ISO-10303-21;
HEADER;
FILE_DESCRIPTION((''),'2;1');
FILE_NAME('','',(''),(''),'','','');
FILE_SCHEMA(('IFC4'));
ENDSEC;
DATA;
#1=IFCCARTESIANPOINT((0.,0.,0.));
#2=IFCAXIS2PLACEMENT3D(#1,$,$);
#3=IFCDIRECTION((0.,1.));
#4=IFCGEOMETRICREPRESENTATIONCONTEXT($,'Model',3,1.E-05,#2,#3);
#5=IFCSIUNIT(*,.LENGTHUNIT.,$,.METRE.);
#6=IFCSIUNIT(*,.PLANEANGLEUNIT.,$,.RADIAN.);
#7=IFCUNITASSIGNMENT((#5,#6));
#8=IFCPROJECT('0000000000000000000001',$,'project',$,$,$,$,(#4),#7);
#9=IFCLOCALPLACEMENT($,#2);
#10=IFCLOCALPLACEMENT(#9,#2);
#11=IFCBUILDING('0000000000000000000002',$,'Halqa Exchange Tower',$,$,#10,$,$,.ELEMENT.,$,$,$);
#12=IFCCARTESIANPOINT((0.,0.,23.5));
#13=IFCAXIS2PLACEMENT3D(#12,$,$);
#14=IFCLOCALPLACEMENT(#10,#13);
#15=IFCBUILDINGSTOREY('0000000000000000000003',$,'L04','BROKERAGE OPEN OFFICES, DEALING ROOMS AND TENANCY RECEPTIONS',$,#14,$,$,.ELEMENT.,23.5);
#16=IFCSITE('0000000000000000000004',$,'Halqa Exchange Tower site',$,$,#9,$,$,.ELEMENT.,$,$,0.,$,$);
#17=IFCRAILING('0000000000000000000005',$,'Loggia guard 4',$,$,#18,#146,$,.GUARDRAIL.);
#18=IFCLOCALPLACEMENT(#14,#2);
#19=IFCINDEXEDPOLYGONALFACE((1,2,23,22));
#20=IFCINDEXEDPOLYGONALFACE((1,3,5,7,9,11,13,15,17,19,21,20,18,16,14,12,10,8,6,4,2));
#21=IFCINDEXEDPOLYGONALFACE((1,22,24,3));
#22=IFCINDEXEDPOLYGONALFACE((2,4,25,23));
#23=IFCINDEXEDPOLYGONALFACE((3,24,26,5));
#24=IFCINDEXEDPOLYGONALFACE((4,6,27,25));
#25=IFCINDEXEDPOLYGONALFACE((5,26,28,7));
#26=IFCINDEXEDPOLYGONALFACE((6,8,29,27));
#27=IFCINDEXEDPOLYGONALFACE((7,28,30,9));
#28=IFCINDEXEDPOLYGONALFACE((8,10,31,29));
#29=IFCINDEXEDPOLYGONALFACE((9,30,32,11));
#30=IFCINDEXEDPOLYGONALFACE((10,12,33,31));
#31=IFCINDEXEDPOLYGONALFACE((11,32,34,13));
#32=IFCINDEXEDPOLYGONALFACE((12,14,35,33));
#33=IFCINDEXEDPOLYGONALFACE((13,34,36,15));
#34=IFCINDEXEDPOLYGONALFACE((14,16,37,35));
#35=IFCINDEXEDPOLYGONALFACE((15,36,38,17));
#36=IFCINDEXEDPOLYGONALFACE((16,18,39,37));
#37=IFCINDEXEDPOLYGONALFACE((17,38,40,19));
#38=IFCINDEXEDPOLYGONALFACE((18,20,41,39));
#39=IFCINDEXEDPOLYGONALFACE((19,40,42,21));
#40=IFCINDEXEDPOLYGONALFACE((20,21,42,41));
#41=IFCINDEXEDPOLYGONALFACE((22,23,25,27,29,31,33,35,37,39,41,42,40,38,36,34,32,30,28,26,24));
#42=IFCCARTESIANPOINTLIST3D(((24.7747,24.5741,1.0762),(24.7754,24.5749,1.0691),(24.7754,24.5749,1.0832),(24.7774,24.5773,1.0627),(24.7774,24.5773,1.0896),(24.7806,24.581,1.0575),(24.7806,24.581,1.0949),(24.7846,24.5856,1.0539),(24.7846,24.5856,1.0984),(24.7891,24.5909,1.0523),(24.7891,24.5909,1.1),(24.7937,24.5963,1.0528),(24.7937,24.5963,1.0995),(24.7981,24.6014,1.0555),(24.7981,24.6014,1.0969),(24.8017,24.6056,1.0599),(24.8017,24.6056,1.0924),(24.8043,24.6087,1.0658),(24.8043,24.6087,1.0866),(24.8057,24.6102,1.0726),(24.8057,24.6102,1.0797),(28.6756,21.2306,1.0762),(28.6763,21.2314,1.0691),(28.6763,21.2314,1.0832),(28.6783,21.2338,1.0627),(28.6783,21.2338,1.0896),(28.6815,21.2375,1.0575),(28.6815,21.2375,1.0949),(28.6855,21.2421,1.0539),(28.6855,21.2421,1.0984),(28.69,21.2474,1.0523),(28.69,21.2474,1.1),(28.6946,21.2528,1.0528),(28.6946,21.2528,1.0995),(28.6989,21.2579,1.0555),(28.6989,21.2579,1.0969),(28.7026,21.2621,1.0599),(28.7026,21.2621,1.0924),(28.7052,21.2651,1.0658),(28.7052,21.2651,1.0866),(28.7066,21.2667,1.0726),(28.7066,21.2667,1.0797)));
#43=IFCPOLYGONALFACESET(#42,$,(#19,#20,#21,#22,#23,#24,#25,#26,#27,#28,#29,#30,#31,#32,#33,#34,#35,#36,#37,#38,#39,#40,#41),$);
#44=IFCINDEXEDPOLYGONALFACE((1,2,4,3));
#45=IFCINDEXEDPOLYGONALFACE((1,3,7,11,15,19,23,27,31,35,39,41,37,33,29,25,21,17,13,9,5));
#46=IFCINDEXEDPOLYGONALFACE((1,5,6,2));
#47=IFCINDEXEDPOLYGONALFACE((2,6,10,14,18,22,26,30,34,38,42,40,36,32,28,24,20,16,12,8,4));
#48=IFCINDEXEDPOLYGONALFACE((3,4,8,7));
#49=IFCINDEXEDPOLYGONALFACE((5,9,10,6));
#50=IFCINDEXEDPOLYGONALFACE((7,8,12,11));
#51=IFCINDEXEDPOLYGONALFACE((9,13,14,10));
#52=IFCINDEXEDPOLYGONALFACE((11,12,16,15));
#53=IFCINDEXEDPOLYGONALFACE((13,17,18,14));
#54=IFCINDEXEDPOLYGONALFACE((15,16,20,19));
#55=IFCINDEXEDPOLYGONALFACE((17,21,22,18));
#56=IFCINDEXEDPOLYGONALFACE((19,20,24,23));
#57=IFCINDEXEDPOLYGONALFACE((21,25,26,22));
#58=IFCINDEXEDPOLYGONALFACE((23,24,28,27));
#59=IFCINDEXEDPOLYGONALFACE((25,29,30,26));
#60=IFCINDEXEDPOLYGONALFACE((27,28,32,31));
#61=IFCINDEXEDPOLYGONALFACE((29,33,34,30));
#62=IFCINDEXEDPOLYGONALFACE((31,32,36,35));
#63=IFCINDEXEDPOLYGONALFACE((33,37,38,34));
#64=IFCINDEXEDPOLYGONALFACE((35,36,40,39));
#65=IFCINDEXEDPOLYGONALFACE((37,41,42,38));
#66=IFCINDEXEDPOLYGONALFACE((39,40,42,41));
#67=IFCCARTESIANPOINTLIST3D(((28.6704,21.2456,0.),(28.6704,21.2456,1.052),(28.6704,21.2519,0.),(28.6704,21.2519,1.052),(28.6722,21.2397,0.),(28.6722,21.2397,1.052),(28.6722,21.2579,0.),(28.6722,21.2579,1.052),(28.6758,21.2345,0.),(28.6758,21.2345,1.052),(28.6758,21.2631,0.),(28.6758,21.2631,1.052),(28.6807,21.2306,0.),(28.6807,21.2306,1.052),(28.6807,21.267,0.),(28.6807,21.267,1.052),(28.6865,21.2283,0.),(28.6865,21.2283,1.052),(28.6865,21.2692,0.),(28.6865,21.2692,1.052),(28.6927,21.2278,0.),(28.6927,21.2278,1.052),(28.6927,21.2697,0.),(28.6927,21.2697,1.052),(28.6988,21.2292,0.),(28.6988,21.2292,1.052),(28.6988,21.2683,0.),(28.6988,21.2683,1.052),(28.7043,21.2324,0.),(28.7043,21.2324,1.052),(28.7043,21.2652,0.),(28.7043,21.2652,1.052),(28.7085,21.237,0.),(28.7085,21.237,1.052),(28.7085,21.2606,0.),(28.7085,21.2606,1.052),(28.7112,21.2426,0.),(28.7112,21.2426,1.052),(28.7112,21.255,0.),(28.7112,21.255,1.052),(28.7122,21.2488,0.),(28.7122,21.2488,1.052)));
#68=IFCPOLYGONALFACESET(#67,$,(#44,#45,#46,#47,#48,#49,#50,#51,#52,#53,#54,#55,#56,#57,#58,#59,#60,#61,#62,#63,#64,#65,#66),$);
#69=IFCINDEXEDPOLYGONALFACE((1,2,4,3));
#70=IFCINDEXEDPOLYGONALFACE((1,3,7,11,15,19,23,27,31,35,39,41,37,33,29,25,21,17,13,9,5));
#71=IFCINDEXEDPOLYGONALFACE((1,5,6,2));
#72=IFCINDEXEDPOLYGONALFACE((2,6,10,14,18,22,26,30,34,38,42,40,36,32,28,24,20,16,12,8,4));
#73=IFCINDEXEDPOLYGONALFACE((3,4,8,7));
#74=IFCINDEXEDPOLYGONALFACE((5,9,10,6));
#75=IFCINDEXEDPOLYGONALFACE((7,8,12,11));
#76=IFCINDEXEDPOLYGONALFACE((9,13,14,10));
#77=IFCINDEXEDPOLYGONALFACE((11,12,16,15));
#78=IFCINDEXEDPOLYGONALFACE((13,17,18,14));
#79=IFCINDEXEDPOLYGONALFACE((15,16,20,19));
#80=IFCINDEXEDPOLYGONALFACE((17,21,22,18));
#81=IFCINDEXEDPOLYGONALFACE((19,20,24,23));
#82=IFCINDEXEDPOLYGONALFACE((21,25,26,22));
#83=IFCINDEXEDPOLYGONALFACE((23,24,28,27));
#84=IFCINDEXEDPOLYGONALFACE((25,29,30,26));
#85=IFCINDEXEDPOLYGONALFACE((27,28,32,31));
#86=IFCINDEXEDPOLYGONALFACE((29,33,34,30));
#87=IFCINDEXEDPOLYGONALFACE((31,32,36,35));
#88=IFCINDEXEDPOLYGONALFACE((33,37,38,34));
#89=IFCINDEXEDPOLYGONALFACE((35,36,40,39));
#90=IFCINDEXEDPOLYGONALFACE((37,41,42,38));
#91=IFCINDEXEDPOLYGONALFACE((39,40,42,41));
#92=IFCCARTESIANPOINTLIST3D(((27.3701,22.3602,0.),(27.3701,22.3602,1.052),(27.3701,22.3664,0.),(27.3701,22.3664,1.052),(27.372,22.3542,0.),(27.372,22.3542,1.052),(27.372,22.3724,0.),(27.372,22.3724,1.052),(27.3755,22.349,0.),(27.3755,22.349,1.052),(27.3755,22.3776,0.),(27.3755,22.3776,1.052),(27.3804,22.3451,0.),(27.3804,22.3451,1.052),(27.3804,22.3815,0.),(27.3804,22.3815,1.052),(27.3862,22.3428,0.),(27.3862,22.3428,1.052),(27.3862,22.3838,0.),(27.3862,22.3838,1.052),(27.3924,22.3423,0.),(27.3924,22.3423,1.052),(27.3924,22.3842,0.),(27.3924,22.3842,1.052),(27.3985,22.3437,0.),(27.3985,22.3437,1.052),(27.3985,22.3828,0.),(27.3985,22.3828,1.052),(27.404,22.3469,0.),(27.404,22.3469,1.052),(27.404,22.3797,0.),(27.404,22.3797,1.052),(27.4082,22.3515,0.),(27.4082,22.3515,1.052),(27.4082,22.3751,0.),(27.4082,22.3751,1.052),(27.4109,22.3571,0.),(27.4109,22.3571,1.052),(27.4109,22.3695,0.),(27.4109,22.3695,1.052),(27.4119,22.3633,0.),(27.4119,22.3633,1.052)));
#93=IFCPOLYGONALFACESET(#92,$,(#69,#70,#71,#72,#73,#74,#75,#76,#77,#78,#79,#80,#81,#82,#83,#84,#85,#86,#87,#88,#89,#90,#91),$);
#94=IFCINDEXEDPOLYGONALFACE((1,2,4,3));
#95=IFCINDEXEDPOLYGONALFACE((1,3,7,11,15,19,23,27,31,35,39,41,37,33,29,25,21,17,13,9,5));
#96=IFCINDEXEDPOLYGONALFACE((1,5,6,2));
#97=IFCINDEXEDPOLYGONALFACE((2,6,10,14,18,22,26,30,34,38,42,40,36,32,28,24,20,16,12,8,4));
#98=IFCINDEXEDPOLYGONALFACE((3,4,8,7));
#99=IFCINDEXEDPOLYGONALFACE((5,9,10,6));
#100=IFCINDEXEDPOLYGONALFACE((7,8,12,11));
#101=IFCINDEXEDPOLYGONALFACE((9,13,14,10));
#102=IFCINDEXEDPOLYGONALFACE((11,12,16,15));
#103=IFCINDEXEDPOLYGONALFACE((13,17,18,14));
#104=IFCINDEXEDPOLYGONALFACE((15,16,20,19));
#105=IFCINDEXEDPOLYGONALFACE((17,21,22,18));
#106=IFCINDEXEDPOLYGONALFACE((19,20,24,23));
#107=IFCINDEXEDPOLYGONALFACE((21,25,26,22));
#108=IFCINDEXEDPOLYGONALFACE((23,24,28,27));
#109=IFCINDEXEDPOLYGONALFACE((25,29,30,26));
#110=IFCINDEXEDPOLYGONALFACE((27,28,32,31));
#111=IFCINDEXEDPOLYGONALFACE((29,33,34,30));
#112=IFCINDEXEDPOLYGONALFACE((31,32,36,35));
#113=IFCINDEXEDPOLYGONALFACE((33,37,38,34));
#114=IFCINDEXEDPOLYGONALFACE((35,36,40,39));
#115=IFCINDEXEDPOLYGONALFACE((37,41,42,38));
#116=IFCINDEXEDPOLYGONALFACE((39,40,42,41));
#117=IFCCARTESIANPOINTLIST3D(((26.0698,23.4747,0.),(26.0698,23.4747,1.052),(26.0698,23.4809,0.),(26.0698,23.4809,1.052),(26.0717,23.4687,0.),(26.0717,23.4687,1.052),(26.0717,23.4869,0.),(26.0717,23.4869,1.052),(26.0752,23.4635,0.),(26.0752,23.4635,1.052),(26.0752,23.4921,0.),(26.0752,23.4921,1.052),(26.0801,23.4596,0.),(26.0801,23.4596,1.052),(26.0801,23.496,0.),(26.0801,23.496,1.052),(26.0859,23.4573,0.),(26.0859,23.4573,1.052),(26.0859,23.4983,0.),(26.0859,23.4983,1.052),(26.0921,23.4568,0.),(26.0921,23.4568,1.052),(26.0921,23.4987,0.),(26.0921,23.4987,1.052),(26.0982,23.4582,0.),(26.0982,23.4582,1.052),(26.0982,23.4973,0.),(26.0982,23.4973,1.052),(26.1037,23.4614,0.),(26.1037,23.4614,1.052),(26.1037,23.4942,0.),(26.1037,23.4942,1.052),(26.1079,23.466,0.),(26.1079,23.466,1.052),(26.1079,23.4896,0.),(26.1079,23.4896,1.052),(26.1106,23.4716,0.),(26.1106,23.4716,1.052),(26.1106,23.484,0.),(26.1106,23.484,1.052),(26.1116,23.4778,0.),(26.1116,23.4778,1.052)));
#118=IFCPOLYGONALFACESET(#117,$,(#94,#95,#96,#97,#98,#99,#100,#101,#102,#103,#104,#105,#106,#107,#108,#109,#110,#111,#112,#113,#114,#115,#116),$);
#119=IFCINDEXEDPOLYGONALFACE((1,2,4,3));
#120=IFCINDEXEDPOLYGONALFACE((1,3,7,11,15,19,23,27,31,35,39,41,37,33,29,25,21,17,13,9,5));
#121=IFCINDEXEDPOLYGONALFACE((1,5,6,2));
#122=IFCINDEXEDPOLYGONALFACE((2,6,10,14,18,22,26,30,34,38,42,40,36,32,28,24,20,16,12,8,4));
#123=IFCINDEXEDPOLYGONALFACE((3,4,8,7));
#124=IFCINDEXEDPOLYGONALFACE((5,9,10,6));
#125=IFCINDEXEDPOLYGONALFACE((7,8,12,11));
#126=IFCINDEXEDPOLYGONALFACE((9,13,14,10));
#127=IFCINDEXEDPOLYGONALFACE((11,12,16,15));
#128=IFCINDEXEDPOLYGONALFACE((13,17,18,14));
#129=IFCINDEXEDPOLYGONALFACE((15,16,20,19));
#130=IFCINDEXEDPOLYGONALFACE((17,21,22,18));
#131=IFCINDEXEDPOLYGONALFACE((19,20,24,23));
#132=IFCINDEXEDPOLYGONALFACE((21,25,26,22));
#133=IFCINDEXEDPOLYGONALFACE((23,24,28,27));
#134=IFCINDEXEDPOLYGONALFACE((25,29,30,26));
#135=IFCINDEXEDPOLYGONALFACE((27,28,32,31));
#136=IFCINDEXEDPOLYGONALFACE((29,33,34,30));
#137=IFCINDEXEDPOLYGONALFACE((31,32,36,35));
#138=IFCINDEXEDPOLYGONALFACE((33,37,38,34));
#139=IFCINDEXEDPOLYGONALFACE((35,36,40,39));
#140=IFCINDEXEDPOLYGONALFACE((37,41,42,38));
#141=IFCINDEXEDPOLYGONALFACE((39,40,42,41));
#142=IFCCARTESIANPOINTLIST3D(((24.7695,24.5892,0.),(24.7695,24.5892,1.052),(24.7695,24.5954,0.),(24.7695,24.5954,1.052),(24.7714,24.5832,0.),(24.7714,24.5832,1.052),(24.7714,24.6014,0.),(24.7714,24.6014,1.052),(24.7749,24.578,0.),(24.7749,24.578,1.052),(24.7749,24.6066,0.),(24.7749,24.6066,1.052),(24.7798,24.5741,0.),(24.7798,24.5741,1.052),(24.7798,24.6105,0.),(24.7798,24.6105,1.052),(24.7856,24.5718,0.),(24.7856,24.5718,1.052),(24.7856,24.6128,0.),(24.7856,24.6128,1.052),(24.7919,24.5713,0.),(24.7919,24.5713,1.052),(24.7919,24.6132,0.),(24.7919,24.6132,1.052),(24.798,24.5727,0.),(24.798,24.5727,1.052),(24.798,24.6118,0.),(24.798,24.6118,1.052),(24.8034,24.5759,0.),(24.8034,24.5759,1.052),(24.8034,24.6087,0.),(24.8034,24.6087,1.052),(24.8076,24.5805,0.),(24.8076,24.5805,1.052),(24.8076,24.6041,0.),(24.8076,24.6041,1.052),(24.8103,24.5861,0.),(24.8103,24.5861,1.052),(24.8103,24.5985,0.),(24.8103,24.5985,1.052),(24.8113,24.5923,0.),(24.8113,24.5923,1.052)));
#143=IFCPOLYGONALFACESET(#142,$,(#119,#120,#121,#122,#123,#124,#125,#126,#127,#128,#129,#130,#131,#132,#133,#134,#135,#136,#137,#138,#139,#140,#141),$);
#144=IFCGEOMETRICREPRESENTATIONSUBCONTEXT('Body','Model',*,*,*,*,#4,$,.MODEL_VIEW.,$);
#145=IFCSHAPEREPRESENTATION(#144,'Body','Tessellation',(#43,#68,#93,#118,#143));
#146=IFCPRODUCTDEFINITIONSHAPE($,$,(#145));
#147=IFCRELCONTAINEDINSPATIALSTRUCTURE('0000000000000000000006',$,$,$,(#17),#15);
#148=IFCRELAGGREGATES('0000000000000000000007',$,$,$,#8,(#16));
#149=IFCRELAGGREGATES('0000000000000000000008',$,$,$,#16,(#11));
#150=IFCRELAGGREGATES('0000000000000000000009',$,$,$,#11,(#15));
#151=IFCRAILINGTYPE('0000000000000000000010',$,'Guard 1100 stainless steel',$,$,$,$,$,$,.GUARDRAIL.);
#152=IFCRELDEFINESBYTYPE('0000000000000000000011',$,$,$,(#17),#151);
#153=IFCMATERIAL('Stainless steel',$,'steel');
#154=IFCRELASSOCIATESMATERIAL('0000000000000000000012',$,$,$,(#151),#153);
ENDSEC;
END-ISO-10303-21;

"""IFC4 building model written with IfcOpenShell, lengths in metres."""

from ifc_helpers import new_model, si_unit, direction, frame, origin, origin_2d, place, context, subcontext, project, spatial, circle, extrude, material, type_object, element, save


model = new_model("IFC4")

# Units and contexts
model_context = context("Model", 3, precision=1e-05, world=origin(), true_north=direction((0.0, 1.0)))
body_context = subcontext(model_context, "Body", "Model", "MODEL_VIEW")
ifc_project = project(units=[si_unit("LENGTHUNIT", "METRE"), si_unit("PLANEANGLEUNIT", "RADIAN")], contexts=[model_context])

# Site, building, storey
site_placement = place(None, origin())
site = spatial("IfcSite", under=ifc_project, at=site_placement, Name="Halqa Exchange Tower site", CompositionType="ELEMENT", RefElevation=0.0)
building_placement = place(site_placement, origin())
building = spatial("IfcBuilding", under=site, at=building_placement, Name="Halqa Exchange Tower", CompositionType="ELEMENT")
storey_placement = place(building_placement, frame((0.0, 0.0, 23.5)))
storey = spatial("IfcBuildingStorey", under=building, at=storey_placement, Name="L04", Description="BROKERAGE OPEN OFFICES, DEALING ROOMS AND TENANCY RECEPTIONS", CompositionType="ELEMENT", Elevation=23.5)

# Railing
ifc_material_1 = material(Name="Stainless steel", Category="steel")
railing_type = type_object("IfcRailingType", Name="Guard 1100 stainless steel", PredefinedType="GUARDRAIL", material=ifc_material_1)
railing_1_placement = place(storey_placement, frame((28.6912, 21.2488, 0.0)))
element("IfcRailing", 1, at=railing_1_placement, inside=storey, type_object=railing_type, Name="Loggia guard 4", PredefinedType="GUARDRAIL", context=body_context, shape_type="SweptSolid", body=[
    extrude(circle(Radius=0.0239, at=origin_2d()), frame((0.0, 0.0, 1.0762), z_axis=(-0.759267, 0.65078, 0.0), x_axis=(-0.65078, -0.759267, 0.0)), (0.0, 0.0, 1.0), 5.1377),
    extrude(circle(Radius=0.021, at=origin_2d()), origin(), (0.0, 0.0, 1.0), 1.052),
    extrude(circle(Radius=0.021, at=origin_2d()), frame((-1.3003, 1.1145, 0.0)), (0.0, 0.0, 1.0), 1.052),
    extrude(circle(Radius=0.021, at=origin_2d()), frame((-2.6006, 2.229, 0.0)), (0.0, 0.0, 1.0), 1.052),
    extrude(circle(Radius=0.021, at=origin_2d()), frame((-3.9009, 3.3435, 0.0)), (0.0, 0.0, 1.0), 1.052),
])

save(model, "model.ifc")
